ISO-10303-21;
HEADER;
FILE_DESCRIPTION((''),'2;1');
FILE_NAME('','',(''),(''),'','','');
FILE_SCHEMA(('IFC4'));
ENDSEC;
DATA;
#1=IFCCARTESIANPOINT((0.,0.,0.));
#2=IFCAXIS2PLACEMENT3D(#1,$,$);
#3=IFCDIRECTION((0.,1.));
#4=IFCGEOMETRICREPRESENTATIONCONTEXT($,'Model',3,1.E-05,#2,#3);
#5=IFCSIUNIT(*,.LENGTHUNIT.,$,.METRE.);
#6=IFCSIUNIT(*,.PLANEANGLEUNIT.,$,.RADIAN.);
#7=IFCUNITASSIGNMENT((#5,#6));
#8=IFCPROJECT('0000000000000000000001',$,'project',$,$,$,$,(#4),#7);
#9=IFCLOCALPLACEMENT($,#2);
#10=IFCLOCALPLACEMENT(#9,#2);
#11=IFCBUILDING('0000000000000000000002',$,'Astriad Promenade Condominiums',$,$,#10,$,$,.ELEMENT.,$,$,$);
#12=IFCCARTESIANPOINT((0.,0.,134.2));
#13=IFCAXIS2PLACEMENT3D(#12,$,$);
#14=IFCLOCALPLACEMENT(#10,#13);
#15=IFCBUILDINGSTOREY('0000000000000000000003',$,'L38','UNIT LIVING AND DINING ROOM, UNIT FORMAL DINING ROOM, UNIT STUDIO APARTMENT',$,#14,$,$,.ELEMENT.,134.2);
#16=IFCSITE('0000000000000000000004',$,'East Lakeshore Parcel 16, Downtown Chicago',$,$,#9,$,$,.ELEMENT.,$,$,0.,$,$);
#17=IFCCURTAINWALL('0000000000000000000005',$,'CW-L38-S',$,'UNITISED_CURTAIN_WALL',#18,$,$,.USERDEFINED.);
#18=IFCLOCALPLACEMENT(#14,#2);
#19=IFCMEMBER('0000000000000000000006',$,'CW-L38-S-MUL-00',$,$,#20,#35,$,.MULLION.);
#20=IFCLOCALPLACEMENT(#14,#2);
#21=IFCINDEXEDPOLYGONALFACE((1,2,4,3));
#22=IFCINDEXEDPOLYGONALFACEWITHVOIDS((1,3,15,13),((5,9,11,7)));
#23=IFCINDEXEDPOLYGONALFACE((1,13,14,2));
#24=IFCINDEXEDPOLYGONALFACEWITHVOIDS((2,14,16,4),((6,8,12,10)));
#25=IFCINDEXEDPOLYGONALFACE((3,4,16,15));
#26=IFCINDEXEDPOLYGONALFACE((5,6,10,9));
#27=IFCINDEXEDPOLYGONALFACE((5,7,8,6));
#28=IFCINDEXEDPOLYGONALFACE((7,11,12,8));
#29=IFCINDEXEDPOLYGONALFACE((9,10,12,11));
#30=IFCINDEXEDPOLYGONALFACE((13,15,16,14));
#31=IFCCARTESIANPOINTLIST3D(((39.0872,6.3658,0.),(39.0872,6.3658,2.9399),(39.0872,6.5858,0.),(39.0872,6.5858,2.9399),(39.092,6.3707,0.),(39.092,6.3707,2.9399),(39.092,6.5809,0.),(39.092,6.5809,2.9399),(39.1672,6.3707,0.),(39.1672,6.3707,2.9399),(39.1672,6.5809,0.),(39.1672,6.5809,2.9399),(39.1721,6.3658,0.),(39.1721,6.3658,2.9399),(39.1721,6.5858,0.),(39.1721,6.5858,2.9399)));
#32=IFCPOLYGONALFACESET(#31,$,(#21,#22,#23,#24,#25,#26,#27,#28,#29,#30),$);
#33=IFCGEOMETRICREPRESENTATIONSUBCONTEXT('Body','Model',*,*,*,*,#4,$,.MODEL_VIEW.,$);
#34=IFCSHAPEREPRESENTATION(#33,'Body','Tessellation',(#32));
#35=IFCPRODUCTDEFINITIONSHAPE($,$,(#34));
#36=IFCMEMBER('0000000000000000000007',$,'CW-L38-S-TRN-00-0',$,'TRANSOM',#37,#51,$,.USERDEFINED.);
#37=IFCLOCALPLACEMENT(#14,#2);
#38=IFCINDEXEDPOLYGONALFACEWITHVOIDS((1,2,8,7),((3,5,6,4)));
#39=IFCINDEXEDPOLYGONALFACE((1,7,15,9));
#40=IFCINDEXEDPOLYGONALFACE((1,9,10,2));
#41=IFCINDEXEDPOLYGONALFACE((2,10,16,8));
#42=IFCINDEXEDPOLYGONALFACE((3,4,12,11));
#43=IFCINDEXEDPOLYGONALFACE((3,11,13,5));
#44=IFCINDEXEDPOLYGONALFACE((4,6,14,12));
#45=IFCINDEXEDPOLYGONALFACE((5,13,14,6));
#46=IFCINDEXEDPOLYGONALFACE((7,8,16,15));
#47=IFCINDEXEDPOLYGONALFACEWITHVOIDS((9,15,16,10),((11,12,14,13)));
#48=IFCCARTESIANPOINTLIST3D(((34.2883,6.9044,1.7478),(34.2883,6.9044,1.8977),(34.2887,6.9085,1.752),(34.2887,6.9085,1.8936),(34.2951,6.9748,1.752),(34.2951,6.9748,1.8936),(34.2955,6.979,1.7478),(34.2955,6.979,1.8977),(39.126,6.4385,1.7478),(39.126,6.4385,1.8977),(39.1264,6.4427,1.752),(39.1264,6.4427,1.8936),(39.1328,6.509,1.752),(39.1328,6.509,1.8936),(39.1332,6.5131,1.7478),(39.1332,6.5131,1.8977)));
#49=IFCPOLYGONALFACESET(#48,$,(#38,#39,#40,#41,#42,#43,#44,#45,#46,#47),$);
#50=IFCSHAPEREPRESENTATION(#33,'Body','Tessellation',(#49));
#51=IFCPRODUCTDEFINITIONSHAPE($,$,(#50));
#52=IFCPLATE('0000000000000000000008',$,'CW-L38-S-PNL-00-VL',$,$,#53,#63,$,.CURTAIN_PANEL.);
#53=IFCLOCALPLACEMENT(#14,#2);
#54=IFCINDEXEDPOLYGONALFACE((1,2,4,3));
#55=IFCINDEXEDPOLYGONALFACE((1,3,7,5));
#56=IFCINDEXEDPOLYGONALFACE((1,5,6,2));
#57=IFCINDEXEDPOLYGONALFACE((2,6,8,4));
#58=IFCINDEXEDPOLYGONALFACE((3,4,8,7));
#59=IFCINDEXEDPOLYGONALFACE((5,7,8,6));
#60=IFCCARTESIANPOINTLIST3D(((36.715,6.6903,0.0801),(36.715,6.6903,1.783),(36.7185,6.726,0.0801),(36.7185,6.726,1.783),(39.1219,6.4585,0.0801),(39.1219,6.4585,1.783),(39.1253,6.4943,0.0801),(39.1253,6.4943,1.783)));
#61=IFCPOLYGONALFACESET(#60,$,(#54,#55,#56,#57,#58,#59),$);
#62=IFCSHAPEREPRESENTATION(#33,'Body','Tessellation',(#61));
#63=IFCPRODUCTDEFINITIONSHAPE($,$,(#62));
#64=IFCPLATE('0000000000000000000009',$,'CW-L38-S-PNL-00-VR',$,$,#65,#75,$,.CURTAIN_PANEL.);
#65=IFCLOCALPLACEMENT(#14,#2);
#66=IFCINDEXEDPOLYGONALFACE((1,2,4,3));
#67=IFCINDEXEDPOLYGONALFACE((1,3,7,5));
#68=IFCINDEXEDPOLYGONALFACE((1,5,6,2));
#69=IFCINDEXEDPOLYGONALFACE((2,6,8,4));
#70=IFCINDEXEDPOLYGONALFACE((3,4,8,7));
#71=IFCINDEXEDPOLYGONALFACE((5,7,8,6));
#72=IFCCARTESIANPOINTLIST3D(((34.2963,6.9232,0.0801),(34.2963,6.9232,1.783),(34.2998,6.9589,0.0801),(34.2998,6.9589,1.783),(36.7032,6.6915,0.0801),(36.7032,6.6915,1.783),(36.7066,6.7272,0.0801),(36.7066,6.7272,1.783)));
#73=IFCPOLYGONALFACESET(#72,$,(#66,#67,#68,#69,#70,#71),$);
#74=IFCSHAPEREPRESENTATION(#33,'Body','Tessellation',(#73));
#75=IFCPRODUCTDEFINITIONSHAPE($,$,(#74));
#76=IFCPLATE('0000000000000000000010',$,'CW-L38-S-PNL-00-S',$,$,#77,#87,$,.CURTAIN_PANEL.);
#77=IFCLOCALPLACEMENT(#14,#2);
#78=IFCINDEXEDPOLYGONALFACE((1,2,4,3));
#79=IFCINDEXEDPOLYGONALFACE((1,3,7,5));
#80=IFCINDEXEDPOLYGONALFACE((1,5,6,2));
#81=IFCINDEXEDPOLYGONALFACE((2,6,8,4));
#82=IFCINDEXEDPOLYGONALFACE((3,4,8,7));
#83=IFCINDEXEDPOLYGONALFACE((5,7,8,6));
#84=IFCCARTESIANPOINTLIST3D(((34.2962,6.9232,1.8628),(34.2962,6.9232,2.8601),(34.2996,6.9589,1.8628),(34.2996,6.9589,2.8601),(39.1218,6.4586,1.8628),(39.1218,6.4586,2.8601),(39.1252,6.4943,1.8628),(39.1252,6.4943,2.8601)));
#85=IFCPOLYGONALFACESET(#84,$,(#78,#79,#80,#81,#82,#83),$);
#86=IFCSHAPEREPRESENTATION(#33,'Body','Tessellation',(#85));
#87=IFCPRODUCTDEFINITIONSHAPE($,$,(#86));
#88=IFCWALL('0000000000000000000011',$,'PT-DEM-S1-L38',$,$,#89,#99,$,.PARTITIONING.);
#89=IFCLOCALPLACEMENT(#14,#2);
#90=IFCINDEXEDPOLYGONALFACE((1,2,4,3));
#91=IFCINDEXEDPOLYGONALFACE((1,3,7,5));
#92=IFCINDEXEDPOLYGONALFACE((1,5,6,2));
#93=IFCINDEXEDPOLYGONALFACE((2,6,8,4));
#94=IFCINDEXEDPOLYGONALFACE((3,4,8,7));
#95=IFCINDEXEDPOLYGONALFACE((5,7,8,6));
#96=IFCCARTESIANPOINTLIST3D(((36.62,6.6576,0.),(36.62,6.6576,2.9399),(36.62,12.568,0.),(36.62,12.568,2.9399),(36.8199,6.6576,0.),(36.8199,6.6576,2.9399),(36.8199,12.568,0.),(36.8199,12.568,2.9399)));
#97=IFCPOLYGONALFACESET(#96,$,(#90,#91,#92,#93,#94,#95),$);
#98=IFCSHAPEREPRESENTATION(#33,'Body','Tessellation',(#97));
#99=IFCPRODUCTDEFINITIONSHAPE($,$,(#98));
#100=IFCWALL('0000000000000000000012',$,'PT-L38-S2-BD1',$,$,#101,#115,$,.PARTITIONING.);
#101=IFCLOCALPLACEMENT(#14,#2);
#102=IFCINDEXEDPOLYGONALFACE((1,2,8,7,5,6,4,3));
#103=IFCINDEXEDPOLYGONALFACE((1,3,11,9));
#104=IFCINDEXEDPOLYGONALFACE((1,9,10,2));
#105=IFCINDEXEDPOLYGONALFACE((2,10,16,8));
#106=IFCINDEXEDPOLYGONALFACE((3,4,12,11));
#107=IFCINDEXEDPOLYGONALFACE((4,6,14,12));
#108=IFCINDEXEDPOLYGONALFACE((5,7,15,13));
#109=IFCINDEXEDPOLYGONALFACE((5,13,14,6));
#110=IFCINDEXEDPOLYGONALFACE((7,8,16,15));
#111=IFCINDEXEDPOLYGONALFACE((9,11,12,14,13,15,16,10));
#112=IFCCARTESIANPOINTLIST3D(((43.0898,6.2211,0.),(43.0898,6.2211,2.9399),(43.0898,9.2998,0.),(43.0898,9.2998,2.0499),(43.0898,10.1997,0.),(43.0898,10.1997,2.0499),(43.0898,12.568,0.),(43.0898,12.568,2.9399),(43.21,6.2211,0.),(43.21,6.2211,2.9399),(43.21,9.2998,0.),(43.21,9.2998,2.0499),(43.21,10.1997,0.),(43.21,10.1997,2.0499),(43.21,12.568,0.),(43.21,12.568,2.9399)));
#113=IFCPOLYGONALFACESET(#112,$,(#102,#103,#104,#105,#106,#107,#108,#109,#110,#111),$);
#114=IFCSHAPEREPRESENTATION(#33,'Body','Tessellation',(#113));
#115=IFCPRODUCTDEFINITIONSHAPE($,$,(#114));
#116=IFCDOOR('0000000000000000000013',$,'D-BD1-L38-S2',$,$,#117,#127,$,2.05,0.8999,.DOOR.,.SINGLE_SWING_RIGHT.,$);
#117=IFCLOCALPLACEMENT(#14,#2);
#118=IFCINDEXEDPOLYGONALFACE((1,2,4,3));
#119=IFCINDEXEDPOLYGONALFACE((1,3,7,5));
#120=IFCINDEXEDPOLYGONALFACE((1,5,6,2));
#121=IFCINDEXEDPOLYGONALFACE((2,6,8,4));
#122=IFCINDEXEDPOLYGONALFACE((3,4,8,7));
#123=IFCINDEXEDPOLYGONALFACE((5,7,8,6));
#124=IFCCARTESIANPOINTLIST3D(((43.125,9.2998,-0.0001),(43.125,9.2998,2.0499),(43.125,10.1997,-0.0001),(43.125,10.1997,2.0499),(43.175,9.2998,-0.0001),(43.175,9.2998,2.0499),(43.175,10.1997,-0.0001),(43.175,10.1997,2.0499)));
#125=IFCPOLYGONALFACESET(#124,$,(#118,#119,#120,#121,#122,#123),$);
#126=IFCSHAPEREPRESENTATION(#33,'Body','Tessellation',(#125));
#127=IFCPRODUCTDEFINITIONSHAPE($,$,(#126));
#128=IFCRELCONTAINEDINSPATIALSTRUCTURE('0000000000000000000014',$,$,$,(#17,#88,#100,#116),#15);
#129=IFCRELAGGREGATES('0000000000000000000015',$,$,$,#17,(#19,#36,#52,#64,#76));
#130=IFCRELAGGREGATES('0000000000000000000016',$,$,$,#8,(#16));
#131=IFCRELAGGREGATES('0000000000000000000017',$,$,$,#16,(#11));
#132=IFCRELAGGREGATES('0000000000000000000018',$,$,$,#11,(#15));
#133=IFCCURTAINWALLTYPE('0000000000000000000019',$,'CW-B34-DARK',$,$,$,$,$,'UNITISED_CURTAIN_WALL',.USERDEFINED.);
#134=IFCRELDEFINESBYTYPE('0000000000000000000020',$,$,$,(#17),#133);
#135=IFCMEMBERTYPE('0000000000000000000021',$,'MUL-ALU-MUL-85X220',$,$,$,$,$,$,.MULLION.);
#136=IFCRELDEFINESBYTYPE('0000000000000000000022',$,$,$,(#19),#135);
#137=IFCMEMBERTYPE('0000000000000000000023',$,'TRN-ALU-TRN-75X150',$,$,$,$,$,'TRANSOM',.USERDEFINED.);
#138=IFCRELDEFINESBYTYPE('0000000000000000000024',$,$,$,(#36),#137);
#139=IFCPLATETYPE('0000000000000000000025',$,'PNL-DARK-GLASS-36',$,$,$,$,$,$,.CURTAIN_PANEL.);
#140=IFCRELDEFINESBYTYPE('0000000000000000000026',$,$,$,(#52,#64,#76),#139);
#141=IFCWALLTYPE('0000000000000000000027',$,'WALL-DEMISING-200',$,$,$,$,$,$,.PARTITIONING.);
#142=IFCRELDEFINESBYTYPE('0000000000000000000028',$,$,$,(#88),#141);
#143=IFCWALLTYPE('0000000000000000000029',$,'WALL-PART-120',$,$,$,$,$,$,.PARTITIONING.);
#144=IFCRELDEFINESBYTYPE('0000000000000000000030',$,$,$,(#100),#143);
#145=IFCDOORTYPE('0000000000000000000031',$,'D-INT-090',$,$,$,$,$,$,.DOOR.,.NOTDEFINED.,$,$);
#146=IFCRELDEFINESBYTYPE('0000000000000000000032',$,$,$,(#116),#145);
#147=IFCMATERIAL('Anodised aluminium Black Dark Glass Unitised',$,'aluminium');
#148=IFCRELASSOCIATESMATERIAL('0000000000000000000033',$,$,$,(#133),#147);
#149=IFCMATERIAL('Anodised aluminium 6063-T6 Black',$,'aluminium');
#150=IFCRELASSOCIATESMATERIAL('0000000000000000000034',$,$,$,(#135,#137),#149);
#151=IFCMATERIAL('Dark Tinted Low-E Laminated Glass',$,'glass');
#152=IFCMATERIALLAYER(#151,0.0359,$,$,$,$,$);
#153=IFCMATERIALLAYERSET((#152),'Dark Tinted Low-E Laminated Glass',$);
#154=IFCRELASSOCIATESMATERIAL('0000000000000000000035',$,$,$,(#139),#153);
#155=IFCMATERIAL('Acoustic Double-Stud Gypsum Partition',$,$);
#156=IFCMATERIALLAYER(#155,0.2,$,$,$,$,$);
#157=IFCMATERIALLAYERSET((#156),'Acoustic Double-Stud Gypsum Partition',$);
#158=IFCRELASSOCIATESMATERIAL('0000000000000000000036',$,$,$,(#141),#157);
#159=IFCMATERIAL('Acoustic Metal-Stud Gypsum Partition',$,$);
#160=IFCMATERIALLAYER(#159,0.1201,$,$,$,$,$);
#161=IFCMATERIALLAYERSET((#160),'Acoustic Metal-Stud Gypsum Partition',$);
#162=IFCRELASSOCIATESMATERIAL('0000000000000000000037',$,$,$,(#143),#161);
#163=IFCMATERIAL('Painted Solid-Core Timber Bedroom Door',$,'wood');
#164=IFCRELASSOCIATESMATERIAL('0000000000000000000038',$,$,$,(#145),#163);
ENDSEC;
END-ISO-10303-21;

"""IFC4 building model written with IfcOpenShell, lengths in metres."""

from ifc_helpers import new_model, si_unit, direction, frame, frame_2d, origin, origin_2d, place, context, subcontext, project, spatial, rectangle, hollow_rectangle, extrude, source, transform, mapped, material, layer, layer_set, material_profile, profile_set, type_object, type_shapes, element, fill, aggregate, save


model = new_model("IFC4")

# Units and contexts
model_context = context("Model", 3, precision=1e-05, world=origin(), true_north=direction((0.0, 1.0)))
body_context = subcontext(model_context, "Body", "Model", "MODEL_VIEW")
ifc_project = project(units=[si_unit("LENGTHUNIT", "METRE"), si_unit("PLANEANGLEUNIT", "RADIAN")], contexts=[model_context])

# Site, building, storey
site_placement = place(None, origin())
site = spatial("IfcSite", under=ifc_project, at=site_placement, Name="East Lakeshore Parcel 16, Downtown Chicago", CompositionType="ELEMENT", RefElevation=0.0)
building_placement = place(site_placement, origin())
building = spatial("IfcBuilding", under=site, at=building_placement, Name="Astriad Promenade Condominiums", CompositionType="ELEMENT")
storey_placement = place(building_placement, frame((0.0, 0.0, 134.2)))
storey = spatial("IfcBuildingStorey", under=building, at=storey_placement, Name="L38", Description="UNIT LIVING AND DINING ROOM, UNIT FORMAL DINING ROOM, UNIT STUDIO APARTMENT", CompositionType="ELEMENT", Elevation=134.2)

# Curtain wall, members, plates
ifc_material_1 = material(Name="Anodised aluminium Black Dark Glass Unitised", Category="aluminium")
curtain_wall_type = type_object("IfcCurtainWallType", Name="CW-B34-DARK", ElementType="UNITISED_CURTAIN_WALL", PredefinedType="USERDEFINED", material=ifc_material_1)
curtain_wall_placement = place(storey_placement, origin())
curtain_wall = element("IfcCurtainWall", 1, at=curtain_wall_placement, inside=storey, type_object=curtain_wall_type, Name="CW-L38-S", ObjectType="UNITISED_CURTAIN_WALL", PredefinedType="USERDEFINED")
ifc_material_2 = material(Name="Anodised aluminium 6063-T6 Black", Category="aluminium")
ifc_material_profile_1 = material_profile(ifc_material_2, hollow_rectangle(XDim=0.085, YDim=0.22, WallThickness=0.0049, at=origin_2d()), Name="ALU-MUL-85X220")
ifc_profile_set_1 = profile_set([ifc_material_profile_1], Name="Anodised aluminium 6063-T6 Black")
member_type_1 = type_object("IfcMemberType", Name="MUL-ALU-MUL-85X220", PredefinedType="MULLION", material=ifc_profile_set_1)
shared_shape_1 = source(origin(), body_context, "Body", "SweptSolid", [
    extrude(hollow_rectangle(XDim=0.085, YDim=0.22, WallThickness=0.0049, at=origin_2d()), origin(), (0.0, 0.0, 1.0), 2.9399),
])
type_shapes(member_type_1, [shared_shape_1])
member_1_placement = place(storey_placement, frame((39.1296, 6.4758, 0.0), z_axis=(0.0, 0.0, 1.0), x_axis=(1.0, 0.0, 0.0)))
member_1 = element("IfcMember", 2, at=member_1_placement, type_object=member_type_1, Name="CW-L38-S-MUL-00", PredefinedType="MULLION", context=body_context, shape_type="MappedRepresentation", body=[
    mapped(shared_shape_1, transform((0.0, 0.0, 0.0), scale=1.0)),
])
ifc_material_profile_2 = material_profile(ifc_material_2, hollow_rectangle(XDim=0.075, YDim=0.1499, WallThickness=0.0042, at=origin_2d()), Name="ALU-TRN-75X150")
ifc_profile_set_2 = profile_set([ifc_material_profile_2], Name="Anodised aluminium 6063-T6 Black")
member_type_2 = type_object("IfcMemberType", Name="TRN-ALU-TRN-75X150", ElementType="TRANSOM", PredefinedType="USERDEFINED", material=ifc_profile_set_2)
shared_shape_2 = source(origin(), body_context, "Body", "SweptSolid", [
    extrude(hollow_rectangle(XDim=0.075, YDim=0.1499, WallThickness=0.0042, at=origin_2d()), origin(), (0.0, 0.0, 1.0), 4.8601),
])
type_shapes(member_type_2, [shared_shape_2])
member_2_placement = place(storey_placement, frame((39.1296, 6.4758, 1.8228), z_axis=(-0.995396, 0.095847, 0.0), x_axis=(-0.095847, -0.995396, 0.0)))
member_2 = element("IfcMember", 3, at=member_2_placement, type_object=member_type_2, Name="CW-L38-S-TRN-00-0", ObjectType="TRANSOM", PredefinedType="USERDEFINED", context=body_context, shape_type="MappedRepresentation", body=[
    mapped(shared_shape_2, transform((0.0, 0.0, 0.0), scale=1.0)),
])
ifc_material_3 = material(Name="Dark Tinted Low-E Laminated Glass", Category="glass")
ifc_layer_1 = layer(ifc_material_3, 0.0359)
ifc_layer_set_1 = layer_set([ifc_layer_1], Name="Dark Tinted Low-E Laminated Glass")
plate_type = type_object("IfcPlateType", Name="PNL-DARK-GLASS-36", PredefinedType="CURTAIN_PANEL", material=ifc_layer_set_1)
shared_shape_3 = source(origin(), body_context, "Body", "SweptSolid", [
    extrude(rectangle(XDim=2.418, YDim=0.0359, at=origin_2d()), origin(), (0.0, 0.0, 1.0), 1.7029),
])
plate_1_placement = place(storey_placement, frame((37.9202, 6.5923, 0.0801), z_axis=(0.0, 0.0, 1.0), x_axis=(-0.995396, 0.095846, 0.0)))
plate_1 = element("IfcPlate", 4, at=plate_1_placement, type_object=plate_type, Name="CW-L38-S-PNL-00-VL", PredefinedType="CURTAIN_PANEL", context=body_context, shape_type="MappedRepresentation", body=[
    mapped(shared_shape_3, transform((0.0, 0.0, 0.0), scale=1.0)),
])
plate_2_placement = place(storey_placement, frame((35.5015, 6.8252, 0.0801), z_axis=(0.0, 0.0, 1.0), x_axis=(-0.995396, 0.095846, 0.0)))
plate_2 = element("IfcPlate", 5, at=plate_2_placement, type_object=plate_type, Name="CW-L38-S-PNL-00-VR", PredefinedType="CURTAIN_PANEL", context=body_context, shape_type="MappedRepresentation", body=[
    mapped(shared_shape_3, transform((0.0, 0.0, 0.0), scale=1.0)),
])
shared_shape_4 = source(origin(), body_context, "Body", "SweptSolid", [
    extrude(rectangle(XDim=4.8479, YDim=0.0359, at=origin_2d()), origin(), (0.0, 0.0, 1.0), 0.9973),
])
type_shapes(plate_type, [shared_shape_3, shared_shape_4])
plate_3_placement = place(storey_placement, frame((36.7107, 6.7087, 1.8628), z_axis=(0.0, 0.0, 1.0), x_axis=(-0.995396, 0.095846, 0.0)))
plate_3 = element("IfcPlate", 6, at=plate_3_placement, type_object=plate_type, Name="CW-L38-S-PNL-00-S", PredefinedType="CURTAIN_PANEL", context=body_context, shape_type="MappedRepresentation", body=[
    mapped(shared_shape_4, transform((0.0, 0.0, 0.0), scale=1.0)),
])
aggregate(curtain_wall, [member_1, member_2, plate_1, plate_2, plate_3])

# Wall
ifc_material_4 = material(Name="Acoustic Double-Stud Gypsum Partition")
ifc_layer_2 = layer(ifc_material_4, 0.2)
ifc_layer_set_2 = layer_set([ifc_layer_2], Name="Acoustic Double-Stud Gypsum Partition")
wall_type_1 = type_object("IfcWallType", Name="WALL-DEMISING-200", PredefinedType="PARTITIONING", material=ifc_layer_set_2)
wall_1_placement = place(storey_placement, frame((36.72, 6.6577, 0.0), z_axis=(0.0, 0.0, 1.0), x_axis=(0.0, 1.0, 0.0)))
element("IfcWall", 7, at=wall_1_placement, inside=storey, type_object=wall_type_1, Name="PT-DEM-S1-L38", PredefinedType="PARTITIONING", context=body_context, shape_type="SweptSolid", body=[
    extrude(rectangle(XDim=5.9104, YDim=0.2, at=frame_2d((2.9551, 0.0))), origin(), (0.0, 0.0, 1.0), 2.9399),
])

# Wall, opening, door
ifc_material_5 = material(Name="Acoustic Metal-Stud Gypsum Partition")
ifc_layer_3 = layer(ifc_material_5, 0.1201)
ifc_layer_set_3 = layer_set([ifc_layer_3], Name="Acoustic Metal-Stud Gypsum Partition")
wall_type_2 = type_object("IfcWallType", Name="WALL-PART-120", PredefinedType="PARTITIONING", material=ifc_layer_set_3)
wall_2_placement = place(storey_placement, frame((43.1499, 6.2212, 0.0), z_axis=(0.0, 0.0, 1.0), x_axis=(0.0, 1.0, 0.0)))
wall_2 = element("IfcWall", 8, at=wall_2_placement, inside=storey, type_object=wall_type_2, Name="PT-L38-S2-BD1", PredefinedType="PARTITIONING", context=body_context, shape_type="SweptSolid", body=[
    extrude(rectangle(XDim=6.3469, YDim=0.1201, at=frame_2d((3.1733, 0.0))), origin(), (0.0, 0.0, 1.0), 2.9399),
])
opening_1_placement = place(wall_2_placement, frame((3.0786, 0.0, 0.0)))
opening_1 = element("IfcOpeningElement", 9, at=opening_1_placement, cuts=wall_2, PredefinedType="OPENING", context=body_context, shape_type="SweptSolid", body=[
    extrude(rectangle(XDim=0.8999, YDim=2.05, at=frame_2d((0.45, 1.0249))), frame((0.0, 0.0701, 0.0), z_axis=(0.0, -1.0, 0.0), x_axis=(1.0, 0.0, 0.0)), (0.0, 0.0, 1.0), 0.1401),
])
ifc_material_6 = material(Name="Painted Solid-Core Timber Bedroom Door", Category="wood")
door_type_1 = type_object("IfcDoorType", Name="D-INT-090", OperationType="NOTDEFINED", PredefinedType="DOOR", material=ifc_material_6)
shared_shape_5 = source(origin(), body_context, "Body", "SweptSolid", [
    extrude(rectangle(XDim=0.8999, YDim=2.05, at=frame_2d((0.45, 1.0249))), frame((0.0, 0.0249, 0.0), z_axis=(0.0, -1.0, 0.0), x_axis=(1.0, 0.0, 0.0)), (0.0, 0.0, 1.0), 0.05),
])
type_shapes(door_type_1, [shared_shape_5])
door_1_placement = place(opening_1_placement, origin())
door_1 = element("IfcDoor", 10, at=door_1_placement, inside=storey, type_object=door_type_1, Name="D-BD1-L38-S2", OperationType="SINGLE_SWING_RIGHT", OverallHeight=2.05, OverallWidth=0.8999, PredefinedType="DOOR", context=body_context, shape_type="MappedRepresentation", body=[
    mapped(shared_shape_5, transform((0.0, 0.0, 0.0), scale=1.0)),
])
fill(opening_1, door_1)

save(model, "model.ifc")
